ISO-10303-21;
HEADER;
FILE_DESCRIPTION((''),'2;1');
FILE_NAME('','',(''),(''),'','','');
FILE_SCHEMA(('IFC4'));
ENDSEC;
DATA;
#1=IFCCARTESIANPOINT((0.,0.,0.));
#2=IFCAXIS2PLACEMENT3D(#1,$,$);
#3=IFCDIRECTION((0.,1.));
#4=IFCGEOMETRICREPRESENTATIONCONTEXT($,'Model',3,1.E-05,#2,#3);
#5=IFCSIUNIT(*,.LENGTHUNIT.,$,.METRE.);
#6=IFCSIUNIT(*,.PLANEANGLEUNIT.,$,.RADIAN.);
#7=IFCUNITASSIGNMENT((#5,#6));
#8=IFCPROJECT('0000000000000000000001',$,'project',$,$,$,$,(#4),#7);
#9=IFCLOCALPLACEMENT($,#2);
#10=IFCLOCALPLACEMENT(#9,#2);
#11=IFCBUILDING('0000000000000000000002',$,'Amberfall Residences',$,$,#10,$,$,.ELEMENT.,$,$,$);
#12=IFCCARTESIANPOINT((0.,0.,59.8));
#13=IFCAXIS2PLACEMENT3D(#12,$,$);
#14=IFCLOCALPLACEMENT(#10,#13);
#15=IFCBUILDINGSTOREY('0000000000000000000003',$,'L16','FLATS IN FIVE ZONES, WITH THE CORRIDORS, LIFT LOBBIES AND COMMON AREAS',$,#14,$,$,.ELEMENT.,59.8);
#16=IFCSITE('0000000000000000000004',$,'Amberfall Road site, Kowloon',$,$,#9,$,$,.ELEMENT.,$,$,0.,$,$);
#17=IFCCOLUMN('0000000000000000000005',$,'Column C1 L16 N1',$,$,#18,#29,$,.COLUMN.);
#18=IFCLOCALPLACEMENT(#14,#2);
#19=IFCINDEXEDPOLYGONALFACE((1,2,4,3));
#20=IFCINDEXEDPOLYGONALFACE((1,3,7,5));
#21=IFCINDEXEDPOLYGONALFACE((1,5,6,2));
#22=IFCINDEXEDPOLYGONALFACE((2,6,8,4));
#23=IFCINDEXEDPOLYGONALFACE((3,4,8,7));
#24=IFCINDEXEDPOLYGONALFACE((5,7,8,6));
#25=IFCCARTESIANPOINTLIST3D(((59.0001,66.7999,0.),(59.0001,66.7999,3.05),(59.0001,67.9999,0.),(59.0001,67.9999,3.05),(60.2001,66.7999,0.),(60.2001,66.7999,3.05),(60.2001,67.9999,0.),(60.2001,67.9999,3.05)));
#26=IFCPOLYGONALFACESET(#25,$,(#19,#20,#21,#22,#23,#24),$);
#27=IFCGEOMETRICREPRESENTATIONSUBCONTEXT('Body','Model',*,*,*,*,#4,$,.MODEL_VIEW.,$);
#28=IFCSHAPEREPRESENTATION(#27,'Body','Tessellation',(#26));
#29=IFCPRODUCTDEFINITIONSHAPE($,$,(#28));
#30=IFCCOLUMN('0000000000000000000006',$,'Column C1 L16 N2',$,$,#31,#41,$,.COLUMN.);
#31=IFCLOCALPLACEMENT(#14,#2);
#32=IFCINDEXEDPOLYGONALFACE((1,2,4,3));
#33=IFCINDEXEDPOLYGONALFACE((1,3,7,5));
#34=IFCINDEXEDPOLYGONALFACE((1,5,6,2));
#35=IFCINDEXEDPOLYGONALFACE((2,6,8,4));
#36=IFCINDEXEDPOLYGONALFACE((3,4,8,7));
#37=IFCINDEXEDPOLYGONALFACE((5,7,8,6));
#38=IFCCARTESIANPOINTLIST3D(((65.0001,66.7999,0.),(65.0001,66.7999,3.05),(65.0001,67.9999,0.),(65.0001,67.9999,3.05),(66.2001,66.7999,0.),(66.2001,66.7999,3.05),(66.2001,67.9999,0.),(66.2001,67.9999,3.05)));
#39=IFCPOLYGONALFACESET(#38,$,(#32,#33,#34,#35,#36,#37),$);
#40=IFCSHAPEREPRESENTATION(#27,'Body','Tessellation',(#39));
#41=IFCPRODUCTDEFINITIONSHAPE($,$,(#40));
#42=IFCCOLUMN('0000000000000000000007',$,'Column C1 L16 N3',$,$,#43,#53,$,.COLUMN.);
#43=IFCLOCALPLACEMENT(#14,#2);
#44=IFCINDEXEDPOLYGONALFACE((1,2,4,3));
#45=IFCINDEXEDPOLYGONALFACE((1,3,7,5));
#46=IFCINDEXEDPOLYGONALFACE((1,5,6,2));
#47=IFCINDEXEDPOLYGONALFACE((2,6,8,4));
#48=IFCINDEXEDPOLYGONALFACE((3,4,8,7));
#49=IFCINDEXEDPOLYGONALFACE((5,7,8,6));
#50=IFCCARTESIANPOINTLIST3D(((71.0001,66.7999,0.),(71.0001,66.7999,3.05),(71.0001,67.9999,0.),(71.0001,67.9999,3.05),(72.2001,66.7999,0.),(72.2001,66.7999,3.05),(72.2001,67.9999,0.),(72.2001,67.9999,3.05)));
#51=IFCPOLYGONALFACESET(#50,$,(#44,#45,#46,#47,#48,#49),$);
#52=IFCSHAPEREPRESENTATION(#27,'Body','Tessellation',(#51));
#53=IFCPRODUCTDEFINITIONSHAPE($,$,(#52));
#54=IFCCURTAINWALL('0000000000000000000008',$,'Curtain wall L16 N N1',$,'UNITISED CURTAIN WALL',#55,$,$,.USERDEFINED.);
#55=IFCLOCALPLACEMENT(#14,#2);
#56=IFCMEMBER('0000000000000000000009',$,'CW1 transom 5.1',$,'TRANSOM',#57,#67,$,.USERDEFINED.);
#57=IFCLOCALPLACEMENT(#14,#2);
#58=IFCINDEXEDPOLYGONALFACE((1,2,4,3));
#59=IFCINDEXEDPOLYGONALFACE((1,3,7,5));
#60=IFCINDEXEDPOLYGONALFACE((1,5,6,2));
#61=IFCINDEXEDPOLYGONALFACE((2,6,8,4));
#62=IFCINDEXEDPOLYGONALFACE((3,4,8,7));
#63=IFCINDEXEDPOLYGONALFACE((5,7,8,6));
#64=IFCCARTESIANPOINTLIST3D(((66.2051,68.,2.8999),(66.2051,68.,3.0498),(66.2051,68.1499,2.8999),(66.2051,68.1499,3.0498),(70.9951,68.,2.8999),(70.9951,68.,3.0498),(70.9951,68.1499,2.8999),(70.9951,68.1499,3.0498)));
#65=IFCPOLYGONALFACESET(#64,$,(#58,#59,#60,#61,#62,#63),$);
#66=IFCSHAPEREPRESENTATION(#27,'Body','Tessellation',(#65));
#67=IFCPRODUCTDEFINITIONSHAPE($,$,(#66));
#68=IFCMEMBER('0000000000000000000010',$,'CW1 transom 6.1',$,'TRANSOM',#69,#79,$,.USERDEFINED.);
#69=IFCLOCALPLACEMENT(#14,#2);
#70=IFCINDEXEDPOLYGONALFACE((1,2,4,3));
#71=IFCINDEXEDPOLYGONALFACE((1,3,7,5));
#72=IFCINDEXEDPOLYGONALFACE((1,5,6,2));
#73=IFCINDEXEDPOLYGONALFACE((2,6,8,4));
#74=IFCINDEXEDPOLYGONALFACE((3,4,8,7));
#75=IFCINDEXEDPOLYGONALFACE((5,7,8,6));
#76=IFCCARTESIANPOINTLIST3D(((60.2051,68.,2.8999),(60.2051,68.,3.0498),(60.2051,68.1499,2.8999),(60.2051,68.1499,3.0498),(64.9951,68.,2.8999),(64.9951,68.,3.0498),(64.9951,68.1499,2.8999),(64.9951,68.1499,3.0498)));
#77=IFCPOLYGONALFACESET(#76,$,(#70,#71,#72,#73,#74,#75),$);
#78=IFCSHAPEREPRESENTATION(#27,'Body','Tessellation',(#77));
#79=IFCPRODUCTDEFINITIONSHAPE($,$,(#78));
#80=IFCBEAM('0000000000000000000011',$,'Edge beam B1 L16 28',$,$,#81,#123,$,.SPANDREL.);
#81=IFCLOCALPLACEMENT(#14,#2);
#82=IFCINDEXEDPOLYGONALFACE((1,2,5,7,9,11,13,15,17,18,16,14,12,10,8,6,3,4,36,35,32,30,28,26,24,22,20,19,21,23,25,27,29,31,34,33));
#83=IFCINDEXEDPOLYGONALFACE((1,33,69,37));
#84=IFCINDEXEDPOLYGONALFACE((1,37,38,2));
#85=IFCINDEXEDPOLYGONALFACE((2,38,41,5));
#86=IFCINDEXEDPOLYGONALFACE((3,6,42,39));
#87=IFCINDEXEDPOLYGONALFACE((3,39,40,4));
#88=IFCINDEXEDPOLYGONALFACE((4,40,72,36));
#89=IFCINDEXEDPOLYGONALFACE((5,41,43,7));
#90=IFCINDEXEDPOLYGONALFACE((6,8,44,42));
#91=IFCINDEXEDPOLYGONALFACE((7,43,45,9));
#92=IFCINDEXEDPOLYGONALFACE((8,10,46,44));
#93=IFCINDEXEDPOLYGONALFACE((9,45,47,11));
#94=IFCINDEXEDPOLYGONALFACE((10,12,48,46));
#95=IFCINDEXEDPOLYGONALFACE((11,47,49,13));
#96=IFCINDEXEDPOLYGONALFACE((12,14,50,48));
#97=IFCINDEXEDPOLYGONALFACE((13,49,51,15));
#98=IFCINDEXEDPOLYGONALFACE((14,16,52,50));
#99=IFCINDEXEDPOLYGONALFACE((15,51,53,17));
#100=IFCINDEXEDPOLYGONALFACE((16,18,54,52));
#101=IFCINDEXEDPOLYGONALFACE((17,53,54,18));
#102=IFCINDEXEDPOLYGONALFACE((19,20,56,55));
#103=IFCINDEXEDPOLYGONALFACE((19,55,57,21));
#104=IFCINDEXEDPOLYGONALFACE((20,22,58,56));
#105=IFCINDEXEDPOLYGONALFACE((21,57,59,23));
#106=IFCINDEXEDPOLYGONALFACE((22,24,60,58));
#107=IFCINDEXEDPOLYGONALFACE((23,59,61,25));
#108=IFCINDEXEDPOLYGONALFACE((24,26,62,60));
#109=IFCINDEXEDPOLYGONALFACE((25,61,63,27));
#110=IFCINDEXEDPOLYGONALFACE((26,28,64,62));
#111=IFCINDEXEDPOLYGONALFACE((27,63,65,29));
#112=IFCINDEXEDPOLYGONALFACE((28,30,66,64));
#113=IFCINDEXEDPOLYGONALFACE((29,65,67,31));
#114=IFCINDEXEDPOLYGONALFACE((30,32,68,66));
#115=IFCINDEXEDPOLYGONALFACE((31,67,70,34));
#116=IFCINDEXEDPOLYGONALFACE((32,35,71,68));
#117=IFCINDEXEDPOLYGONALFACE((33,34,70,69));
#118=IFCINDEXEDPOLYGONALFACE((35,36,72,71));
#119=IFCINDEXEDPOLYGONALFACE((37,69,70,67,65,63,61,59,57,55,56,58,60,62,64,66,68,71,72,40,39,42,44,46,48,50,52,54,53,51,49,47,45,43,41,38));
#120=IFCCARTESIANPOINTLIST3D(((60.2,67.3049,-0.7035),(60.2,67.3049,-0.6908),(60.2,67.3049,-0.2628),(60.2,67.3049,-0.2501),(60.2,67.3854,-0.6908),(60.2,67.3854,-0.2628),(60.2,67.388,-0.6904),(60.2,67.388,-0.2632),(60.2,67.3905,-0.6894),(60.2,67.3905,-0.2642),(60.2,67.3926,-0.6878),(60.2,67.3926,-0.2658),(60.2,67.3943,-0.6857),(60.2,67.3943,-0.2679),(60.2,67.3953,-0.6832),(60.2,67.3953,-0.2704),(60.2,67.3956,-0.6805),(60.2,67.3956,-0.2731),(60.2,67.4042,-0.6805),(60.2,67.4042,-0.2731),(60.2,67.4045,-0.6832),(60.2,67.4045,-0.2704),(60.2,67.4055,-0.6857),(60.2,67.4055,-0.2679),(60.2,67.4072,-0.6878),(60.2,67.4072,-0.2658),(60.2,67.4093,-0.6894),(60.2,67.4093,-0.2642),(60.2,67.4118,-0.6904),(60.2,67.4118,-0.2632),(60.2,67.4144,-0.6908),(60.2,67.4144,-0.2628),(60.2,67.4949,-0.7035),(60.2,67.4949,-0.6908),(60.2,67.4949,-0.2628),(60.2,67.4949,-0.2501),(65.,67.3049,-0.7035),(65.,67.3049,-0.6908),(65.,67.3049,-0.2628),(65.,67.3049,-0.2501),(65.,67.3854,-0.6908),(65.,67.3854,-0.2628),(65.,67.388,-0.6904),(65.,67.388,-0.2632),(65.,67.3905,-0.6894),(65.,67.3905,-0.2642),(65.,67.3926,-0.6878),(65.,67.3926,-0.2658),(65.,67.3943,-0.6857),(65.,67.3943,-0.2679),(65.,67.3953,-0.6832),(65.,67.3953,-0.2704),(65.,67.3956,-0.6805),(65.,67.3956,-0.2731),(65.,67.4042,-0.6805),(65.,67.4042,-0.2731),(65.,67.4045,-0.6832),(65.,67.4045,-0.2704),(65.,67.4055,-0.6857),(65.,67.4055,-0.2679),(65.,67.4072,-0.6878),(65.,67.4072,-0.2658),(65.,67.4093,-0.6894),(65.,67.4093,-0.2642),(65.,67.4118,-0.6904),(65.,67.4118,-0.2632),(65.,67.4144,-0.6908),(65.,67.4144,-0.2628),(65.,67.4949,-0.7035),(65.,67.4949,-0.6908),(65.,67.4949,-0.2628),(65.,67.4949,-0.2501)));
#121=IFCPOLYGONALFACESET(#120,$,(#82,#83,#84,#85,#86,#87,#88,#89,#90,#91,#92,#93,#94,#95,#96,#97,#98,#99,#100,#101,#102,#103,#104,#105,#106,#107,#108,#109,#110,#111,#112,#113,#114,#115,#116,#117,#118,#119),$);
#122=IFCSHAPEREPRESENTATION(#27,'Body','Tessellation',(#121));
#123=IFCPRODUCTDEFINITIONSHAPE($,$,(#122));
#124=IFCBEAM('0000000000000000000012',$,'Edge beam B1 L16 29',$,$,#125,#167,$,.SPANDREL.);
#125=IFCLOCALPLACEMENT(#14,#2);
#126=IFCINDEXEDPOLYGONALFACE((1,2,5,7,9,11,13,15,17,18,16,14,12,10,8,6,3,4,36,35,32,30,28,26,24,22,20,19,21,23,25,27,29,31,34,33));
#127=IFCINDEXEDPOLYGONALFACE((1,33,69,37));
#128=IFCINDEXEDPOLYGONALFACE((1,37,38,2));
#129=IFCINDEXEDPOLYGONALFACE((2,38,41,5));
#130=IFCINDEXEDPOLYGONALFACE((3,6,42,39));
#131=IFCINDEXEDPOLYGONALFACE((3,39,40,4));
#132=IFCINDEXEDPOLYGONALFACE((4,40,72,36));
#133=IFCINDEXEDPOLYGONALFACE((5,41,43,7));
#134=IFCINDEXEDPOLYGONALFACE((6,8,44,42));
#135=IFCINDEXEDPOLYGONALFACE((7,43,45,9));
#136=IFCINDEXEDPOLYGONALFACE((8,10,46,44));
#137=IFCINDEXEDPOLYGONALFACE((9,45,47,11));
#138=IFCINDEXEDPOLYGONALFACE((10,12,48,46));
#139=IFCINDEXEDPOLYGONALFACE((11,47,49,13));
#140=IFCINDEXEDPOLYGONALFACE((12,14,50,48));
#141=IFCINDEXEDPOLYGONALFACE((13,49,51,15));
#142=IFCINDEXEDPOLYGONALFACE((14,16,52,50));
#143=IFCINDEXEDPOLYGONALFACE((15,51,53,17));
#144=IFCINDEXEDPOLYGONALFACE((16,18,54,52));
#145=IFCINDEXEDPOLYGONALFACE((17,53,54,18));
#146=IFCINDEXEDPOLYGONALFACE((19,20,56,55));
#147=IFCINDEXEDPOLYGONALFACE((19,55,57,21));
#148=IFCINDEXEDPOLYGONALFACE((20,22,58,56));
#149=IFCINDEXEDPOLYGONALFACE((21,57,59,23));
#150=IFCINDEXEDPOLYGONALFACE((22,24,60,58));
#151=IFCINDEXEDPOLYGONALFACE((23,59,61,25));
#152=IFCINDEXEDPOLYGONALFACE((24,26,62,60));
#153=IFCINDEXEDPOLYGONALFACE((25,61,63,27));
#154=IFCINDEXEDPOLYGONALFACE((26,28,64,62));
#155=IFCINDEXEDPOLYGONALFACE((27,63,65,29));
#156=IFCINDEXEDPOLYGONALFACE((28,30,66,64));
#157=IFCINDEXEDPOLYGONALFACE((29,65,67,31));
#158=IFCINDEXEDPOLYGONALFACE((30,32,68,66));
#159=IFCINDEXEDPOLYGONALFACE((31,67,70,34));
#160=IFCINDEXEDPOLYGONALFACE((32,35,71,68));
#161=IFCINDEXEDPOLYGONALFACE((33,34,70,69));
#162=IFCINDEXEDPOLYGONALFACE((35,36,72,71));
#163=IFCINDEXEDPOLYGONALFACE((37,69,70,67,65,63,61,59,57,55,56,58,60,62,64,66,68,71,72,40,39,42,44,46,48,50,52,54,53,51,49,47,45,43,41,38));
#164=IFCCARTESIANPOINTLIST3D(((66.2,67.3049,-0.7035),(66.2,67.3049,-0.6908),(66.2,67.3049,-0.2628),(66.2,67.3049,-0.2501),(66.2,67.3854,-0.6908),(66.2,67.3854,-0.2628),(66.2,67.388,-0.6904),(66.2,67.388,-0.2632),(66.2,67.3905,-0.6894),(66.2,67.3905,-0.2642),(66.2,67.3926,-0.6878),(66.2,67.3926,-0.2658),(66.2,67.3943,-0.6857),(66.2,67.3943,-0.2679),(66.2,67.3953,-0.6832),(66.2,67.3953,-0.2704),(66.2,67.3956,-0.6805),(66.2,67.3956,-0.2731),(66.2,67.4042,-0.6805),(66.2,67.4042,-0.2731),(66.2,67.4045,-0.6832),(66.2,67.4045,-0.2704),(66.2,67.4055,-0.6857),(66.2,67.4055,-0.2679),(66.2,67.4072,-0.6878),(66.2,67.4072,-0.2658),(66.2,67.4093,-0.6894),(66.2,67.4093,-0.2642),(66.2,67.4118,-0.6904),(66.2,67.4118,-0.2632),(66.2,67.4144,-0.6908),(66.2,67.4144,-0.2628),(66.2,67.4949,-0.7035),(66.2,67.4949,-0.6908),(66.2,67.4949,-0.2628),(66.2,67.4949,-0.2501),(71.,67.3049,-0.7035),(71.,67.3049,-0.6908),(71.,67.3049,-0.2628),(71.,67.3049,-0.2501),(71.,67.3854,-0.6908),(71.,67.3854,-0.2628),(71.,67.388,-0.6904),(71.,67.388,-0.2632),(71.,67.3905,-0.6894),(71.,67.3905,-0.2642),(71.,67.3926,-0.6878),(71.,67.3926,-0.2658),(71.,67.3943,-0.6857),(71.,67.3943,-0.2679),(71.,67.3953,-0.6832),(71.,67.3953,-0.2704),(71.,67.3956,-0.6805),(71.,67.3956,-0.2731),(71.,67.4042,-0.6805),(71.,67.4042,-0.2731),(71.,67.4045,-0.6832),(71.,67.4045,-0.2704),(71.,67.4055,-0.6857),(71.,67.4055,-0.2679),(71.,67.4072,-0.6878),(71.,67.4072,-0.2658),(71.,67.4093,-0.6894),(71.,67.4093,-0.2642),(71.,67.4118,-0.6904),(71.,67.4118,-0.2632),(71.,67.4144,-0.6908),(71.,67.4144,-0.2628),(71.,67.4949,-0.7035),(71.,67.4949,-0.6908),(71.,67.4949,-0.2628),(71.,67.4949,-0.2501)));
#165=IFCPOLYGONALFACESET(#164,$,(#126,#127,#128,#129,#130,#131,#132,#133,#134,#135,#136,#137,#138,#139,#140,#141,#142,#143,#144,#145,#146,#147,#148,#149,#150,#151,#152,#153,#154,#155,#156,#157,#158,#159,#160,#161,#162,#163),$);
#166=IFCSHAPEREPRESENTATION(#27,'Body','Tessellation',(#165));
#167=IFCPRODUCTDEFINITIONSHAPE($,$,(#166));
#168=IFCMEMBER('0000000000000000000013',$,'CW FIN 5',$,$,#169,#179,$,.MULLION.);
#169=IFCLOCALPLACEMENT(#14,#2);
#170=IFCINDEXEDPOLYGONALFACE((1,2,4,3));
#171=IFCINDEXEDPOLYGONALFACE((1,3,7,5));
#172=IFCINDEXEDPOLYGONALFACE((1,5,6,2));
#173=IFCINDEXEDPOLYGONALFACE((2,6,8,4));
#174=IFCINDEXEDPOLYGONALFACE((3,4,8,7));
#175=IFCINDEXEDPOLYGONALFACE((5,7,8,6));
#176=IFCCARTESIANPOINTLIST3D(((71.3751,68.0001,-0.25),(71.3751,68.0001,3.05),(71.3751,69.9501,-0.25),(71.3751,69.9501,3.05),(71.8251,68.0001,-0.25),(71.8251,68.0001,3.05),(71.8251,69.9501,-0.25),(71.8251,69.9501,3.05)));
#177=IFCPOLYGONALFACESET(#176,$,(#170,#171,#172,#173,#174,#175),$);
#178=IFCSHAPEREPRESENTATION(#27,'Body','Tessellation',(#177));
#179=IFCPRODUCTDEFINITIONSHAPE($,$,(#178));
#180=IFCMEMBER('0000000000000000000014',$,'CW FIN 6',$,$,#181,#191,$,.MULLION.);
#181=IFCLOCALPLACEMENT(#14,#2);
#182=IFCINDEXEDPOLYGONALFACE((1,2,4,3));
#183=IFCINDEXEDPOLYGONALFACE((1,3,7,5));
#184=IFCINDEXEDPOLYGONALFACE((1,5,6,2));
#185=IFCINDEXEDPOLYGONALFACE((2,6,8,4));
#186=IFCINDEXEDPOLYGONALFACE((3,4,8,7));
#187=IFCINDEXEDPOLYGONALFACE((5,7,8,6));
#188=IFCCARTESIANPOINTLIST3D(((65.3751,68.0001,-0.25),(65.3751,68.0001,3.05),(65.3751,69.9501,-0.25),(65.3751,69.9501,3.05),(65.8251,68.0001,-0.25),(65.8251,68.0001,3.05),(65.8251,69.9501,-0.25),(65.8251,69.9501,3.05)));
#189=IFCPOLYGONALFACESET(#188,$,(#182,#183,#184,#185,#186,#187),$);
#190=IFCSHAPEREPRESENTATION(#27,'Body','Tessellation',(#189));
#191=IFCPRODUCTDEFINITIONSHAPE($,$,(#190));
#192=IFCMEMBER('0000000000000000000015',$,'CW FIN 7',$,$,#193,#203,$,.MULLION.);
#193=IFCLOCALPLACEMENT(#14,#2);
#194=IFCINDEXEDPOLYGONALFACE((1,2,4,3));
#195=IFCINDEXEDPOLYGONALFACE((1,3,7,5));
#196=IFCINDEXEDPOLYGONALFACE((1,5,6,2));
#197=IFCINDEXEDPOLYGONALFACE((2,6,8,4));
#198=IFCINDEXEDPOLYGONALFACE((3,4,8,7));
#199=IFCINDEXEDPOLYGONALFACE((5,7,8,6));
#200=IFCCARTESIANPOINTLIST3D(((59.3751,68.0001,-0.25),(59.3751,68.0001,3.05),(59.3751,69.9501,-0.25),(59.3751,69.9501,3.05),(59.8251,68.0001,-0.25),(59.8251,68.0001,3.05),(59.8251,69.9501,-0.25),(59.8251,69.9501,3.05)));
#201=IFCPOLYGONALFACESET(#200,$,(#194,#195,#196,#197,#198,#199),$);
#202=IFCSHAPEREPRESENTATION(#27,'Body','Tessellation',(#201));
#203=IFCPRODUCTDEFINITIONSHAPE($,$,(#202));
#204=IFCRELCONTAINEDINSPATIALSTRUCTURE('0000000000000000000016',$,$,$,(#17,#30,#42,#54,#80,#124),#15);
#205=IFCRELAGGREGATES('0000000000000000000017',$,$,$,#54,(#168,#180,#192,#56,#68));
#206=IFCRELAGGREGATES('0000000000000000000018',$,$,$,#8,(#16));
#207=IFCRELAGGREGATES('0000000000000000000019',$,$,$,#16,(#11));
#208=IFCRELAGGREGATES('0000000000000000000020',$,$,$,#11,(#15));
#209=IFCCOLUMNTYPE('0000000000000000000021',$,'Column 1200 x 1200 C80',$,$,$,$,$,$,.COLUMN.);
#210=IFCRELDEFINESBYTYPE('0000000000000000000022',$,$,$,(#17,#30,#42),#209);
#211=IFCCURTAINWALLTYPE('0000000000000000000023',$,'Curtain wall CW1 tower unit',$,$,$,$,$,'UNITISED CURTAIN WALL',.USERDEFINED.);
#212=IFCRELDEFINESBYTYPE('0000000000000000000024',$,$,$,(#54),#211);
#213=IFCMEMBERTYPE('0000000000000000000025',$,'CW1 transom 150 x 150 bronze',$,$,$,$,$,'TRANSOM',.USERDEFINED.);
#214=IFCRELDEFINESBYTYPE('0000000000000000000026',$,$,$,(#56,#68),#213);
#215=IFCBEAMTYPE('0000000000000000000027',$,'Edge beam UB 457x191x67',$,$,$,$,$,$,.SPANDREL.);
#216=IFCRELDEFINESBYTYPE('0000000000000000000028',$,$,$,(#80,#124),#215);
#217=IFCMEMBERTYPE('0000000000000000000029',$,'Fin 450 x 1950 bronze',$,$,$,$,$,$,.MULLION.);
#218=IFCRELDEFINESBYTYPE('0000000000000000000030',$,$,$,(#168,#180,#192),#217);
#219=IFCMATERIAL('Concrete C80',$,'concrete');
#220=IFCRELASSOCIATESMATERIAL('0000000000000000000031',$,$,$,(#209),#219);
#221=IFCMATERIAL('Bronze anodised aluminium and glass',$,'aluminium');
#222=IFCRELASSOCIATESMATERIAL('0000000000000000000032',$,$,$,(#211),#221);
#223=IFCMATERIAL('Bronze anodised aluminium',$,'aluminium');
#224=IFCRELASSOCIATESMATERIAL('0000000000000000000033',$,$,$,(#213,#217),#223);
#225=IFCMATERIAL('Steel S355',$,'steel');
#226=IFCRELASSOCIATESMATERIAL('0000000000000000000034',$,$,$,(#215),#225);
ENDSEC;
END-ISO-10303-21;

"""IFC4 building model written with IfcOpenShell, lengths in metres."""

from ifc_helpers import new_model, si_unit, direction, frame, origin, origin_2d, place, context, subcontext, project, spatial, rectangle, i_section, extrude, material, material_profile, profile_set, type_object, element, aggregate, save


model = new_model("IFC4")

# Units and contexts
model_context = context("Model", 3, precision=1e-05, world=origin(), true_north=direction((0.0, 1.0)))
body_context = subcontext(model_context, "Body", "Model", "MODEL_VIEW")
ifc_project = project(units=[si_unit("LENGTHUNIT", "METRE"), si_unit("PLANEANGLEUNIT", "RADIAN")], contexts=[model_context])

# Site, building, storey
site_placement = place(None, origin())
site = spatial("IfcSite", under=ifc_project, at=site_placement, Name="Amberfall Road site, Kowloon", CompositionType="ELEMENT", RefElevation=0.0)
building_placement = place(site_placement, origin())
building = spatial("IfcBuilding", under=site, at=building_placement, Name="Amberfall Residences", CompositionType="ELEMENT")
storey_placement = place(building_placement, frame((0.0, 0.0, 59.8)))
storey = spatial("IfcBuildingStorey", under=building, at=storey_placement, Name="L16", Description="FLATS IN FIVE ZONES, WITH THE CORRIDORS, LIFT LOBBIES AND COMMON AREAS", CompositionType="ELEMENT", Elevation=59.8)

# Columns
ifc_material_1 = material(Name="Concrete C80", Category="concrete")
ifc_material_profile_1 = material_profile(ifc_material_1, rectangle(XDim=1.2, YDim=1.2, at=origin_2d()), Name="Column 1200 x 1200 C80")
ifc_profile_set_1 = profile_set([ifc_material_profile_1], Name="Concrete C80")
column_type = type_object("IfcColumnType", Name="Column 1200 x 1200 C80", PredefinedType="COLUMN", material=ifc_profile_set_1)
for number, where, z_axis, x_axis, name in (
    (1, (59.6001, 67.3999, 0.0), (0.0, 0.0, 1.0), (1.0, 0.0, 0.0), "Column C1 L16 N1"),
    (2, (65.6001, 67.3999, 0.0), (0.0, 0.0, 1.0), (1.0, 0.0, 0.0), "Column C1 L16 N2"),
    (3, (71.6001, 67.3999, 0.0), (0.0, 0.0, 1.0), (1.0, 0.0, 0.0), "Column C1 L16 N3"),
):
    element("IfcColumn", number, at=place(storey_placement, frame(where, z_axis=z_axis, x_axis=x_axis)), inside=storey, type_object=column_type, Name=name, PredefinedType="COLUMN", context=body_context, shape_type="SweptSolid", body=[
        extrude(rectangle(XDim=1.2, YDim=1.2, at=origin_2d()), origin(), (0.0, 0.0, 1.0), 3.05),
    ])

# Curtain wall, members
ifc_material_2 = material(Name="Bronze anodised aluminium and glass", Category="aluminium")
curtain_wall_type = type_object("IfcCurtainWallType", Name="Curtain wall CW1 tower unit", ElementType="UNITISED CURTAIN WALL", PredefinedType="USERDEFINED", material=ifc_material_2)
curtain_wall_placement = place(storey_placement, origin())
curtain_wall = element("IfcCurtainWall", 4, at=curtain_wall_placement, inside=storey, type_object=curtain_wall_type, Name="Curtain wall L16 N N1", ObjectType="UNITISED CURTAIN WALL", PredefinedType="USERDEFINED")
ifc_material_3 = material(Name="Bronze anodised aluminium", Category="aluminium")
ifc_material_profile_2 = material_profile(ifc_material_3, rectangle(XDim=0.1499, YDim=0.1499, at=origin_2d()), Name="CW1 transom 150 x 150 bronze")
ifc_profile_set_2 = profile_set([ifc_material_profile_2], Name="Bronze anodised aluminium")
member_type_1 = type_object("IfcMemberType", Name="CW1 transom 150 x 150 bronze", ElementType="TRANSOM", PredefinedType="USERDEFINED", material=ifc_profile_set_2)
member_1_placement = place(storey_placement, frame((70.9951, 68.075, 2.9749), z_axis=(-1.0, 0.0, 0.0), x_axis=(0.0, -1.0, 0.0)))
member_1 = element("IfcMember", 5, at=member_1_placement, type_object=member_type_1, Name="CW1 transom 5.1", ObjectType="TRANSOM", PredefinedType="USERDEFINED", context=body_context, shape_type="SweptSolid", body=[
    extrude(rectangle(XDim=0.1499, YDim=0.1499, at=origin_2d()), origin(), (0.0, 0.0, 1.0), 4.79),
])
member_2_placement = place(storey_placement, frame((64.9951, 68.075, 2.9749), z_axis=(-1.0, 0.0, 0.0), x_axis=(0.0, -1.0, 0.0)))
member_2 = element("IfcMember", 6, at=member_2_placement, type_object=member_type_1, Name="CW1 transom 6.1", ObjectType="TRANSOM", PredefinedType="USERDEFINED", context=body_context, shape_type="SweptSolid", body=[
    extrude(rectangle(XDim=0.1499, YDim=0.1499, at=origin_2d()), origin(), (0.0, 0.0, 1.0), 4.79),
])

# Beams
ifc_material_4 = material(Name="Steel S355", Category="steel")
ifc_material_profile_3 = material_profile(ifc_material_4, i_section(OverallWidth=0.1899, OverallDepth=0.4534, WebThickness=0.0085, FlangeThickness=0.0127, FilletRadius=0.0103, at=origin_2d()), Name="UB 457x191x67")
ifc_profile_set_3 = profile_set([ifc_material_profile_3], Name="Steel S355")
beam_type_1 = type_object("IfcBeamType", Name="Edge beam UB 457x191x67", PredefinedType="SPANDREL", material=ifc_profile_set_3)
for number, where, z_axis, x_axis, name in (
    (7, (60.2, 67.3999, -0.4768), (1.0, 0.0, 0.0), (0.0, 1.0, 0.0), "Edge beam B1 L16 28"),
    (8, (66.2, 67.3999, -0.4768), (1.0, 0.0, 0.0), (0.0, 1.0, 0.0), "Edge beam B1 L16 29"),
):
    element("IfcBeam", number, at=place(storey_placement, frame(where, z_axis=z_axis, x_axis=x_axis)), inside=storey, type_object=beam_type_1, Name=name, PredefinedType="SPANDREL", context=body_context, shape_type="SweptSolid", body=[
        extrude(i_section(OverallWidth=0.1899, OverallDepth=0.4534, WebThickness=0.0085, FlangeThickness=0.0127, FilletRadius=0.0103, at=origin_2d()), origin(), (0.0, 0.0, 1.0), 4.8),
    ])

# Members
ifc_material_profile_4 = material_profile(ifc_material_3, rectangle(XDim=1.95, YDim=0.45, at=origin_2d()), Name="Fin 450 x 1950 bronze")
ifc_profile_set_4 = profile_set([ifc_material_profile_4], Name="Bronze anodised aluminium")
member_type_2 = type_object("IfcMemberType", Name="Fin 450 x 1950 bronze", PredefinedType="MULLION", material=ifc_profile_set_4)
member_3_placement = place(storey_placement, frame((71.6001, 68.9751, -0.25), z_axis=(0.0, 0.0, 1.0), x_axis=(0.0, -1.0, 0.0)))
member_3 = element("IfcMember", 9, at=member_3_placement, type_object=member_type_2, Name="CW FIN 5", PredefinedType="MULLION", context=body_context, shape_type="SweptSolid", body=[
    extrude(rectangle(XDim=1.95, YDim=0.45, at=origin_2d()), origin(), (0.0, 0.0, 1.0), 3.3),
])
member_4_placement = place(storey_placement, frame((65.6001, 68.9751, -0.25), z_axis=(0.0, 0.0, 1.0), x_axis=(0.0, -1.0, 0.0)))
member_4 = element("IfcMember", 10, at=member_4_placement, type_object=member_type_2, Name="CW FIN 6", PredefinedType="MULLION", context=body_context, shape_type="SweptSolid", body=[
    extrude(rectangle(XDim=1.95, YDim=0.45, at=origin_2d()), origin(), (0.0, 0.0, 1.0), 3.3),
])
member_5_placement = place(storey_placement, frame((59.6001, 68.9751, -0.25), z_axis=(0.0, 0.0, 1.0), x_axis=(0.0, -1.0, 0.0)))
member_5 = element("IfcMember", 11, at=member_5_placement, type_object=member_type_2, Name="CW FIN 7", PredefinedType="MULLION", context=body_context, shape_type="SweptSolid", body=[
    extrude(rectangle(XDim=1.95, YDim=0.45, at=origin_2d()), origin(), (0.0, 0.0, 1.0), 3.3),
])

aggregate(curtain_wall, [member_3, member_4, member_5, member_1, member_2])

save(model, "model.ifc")
